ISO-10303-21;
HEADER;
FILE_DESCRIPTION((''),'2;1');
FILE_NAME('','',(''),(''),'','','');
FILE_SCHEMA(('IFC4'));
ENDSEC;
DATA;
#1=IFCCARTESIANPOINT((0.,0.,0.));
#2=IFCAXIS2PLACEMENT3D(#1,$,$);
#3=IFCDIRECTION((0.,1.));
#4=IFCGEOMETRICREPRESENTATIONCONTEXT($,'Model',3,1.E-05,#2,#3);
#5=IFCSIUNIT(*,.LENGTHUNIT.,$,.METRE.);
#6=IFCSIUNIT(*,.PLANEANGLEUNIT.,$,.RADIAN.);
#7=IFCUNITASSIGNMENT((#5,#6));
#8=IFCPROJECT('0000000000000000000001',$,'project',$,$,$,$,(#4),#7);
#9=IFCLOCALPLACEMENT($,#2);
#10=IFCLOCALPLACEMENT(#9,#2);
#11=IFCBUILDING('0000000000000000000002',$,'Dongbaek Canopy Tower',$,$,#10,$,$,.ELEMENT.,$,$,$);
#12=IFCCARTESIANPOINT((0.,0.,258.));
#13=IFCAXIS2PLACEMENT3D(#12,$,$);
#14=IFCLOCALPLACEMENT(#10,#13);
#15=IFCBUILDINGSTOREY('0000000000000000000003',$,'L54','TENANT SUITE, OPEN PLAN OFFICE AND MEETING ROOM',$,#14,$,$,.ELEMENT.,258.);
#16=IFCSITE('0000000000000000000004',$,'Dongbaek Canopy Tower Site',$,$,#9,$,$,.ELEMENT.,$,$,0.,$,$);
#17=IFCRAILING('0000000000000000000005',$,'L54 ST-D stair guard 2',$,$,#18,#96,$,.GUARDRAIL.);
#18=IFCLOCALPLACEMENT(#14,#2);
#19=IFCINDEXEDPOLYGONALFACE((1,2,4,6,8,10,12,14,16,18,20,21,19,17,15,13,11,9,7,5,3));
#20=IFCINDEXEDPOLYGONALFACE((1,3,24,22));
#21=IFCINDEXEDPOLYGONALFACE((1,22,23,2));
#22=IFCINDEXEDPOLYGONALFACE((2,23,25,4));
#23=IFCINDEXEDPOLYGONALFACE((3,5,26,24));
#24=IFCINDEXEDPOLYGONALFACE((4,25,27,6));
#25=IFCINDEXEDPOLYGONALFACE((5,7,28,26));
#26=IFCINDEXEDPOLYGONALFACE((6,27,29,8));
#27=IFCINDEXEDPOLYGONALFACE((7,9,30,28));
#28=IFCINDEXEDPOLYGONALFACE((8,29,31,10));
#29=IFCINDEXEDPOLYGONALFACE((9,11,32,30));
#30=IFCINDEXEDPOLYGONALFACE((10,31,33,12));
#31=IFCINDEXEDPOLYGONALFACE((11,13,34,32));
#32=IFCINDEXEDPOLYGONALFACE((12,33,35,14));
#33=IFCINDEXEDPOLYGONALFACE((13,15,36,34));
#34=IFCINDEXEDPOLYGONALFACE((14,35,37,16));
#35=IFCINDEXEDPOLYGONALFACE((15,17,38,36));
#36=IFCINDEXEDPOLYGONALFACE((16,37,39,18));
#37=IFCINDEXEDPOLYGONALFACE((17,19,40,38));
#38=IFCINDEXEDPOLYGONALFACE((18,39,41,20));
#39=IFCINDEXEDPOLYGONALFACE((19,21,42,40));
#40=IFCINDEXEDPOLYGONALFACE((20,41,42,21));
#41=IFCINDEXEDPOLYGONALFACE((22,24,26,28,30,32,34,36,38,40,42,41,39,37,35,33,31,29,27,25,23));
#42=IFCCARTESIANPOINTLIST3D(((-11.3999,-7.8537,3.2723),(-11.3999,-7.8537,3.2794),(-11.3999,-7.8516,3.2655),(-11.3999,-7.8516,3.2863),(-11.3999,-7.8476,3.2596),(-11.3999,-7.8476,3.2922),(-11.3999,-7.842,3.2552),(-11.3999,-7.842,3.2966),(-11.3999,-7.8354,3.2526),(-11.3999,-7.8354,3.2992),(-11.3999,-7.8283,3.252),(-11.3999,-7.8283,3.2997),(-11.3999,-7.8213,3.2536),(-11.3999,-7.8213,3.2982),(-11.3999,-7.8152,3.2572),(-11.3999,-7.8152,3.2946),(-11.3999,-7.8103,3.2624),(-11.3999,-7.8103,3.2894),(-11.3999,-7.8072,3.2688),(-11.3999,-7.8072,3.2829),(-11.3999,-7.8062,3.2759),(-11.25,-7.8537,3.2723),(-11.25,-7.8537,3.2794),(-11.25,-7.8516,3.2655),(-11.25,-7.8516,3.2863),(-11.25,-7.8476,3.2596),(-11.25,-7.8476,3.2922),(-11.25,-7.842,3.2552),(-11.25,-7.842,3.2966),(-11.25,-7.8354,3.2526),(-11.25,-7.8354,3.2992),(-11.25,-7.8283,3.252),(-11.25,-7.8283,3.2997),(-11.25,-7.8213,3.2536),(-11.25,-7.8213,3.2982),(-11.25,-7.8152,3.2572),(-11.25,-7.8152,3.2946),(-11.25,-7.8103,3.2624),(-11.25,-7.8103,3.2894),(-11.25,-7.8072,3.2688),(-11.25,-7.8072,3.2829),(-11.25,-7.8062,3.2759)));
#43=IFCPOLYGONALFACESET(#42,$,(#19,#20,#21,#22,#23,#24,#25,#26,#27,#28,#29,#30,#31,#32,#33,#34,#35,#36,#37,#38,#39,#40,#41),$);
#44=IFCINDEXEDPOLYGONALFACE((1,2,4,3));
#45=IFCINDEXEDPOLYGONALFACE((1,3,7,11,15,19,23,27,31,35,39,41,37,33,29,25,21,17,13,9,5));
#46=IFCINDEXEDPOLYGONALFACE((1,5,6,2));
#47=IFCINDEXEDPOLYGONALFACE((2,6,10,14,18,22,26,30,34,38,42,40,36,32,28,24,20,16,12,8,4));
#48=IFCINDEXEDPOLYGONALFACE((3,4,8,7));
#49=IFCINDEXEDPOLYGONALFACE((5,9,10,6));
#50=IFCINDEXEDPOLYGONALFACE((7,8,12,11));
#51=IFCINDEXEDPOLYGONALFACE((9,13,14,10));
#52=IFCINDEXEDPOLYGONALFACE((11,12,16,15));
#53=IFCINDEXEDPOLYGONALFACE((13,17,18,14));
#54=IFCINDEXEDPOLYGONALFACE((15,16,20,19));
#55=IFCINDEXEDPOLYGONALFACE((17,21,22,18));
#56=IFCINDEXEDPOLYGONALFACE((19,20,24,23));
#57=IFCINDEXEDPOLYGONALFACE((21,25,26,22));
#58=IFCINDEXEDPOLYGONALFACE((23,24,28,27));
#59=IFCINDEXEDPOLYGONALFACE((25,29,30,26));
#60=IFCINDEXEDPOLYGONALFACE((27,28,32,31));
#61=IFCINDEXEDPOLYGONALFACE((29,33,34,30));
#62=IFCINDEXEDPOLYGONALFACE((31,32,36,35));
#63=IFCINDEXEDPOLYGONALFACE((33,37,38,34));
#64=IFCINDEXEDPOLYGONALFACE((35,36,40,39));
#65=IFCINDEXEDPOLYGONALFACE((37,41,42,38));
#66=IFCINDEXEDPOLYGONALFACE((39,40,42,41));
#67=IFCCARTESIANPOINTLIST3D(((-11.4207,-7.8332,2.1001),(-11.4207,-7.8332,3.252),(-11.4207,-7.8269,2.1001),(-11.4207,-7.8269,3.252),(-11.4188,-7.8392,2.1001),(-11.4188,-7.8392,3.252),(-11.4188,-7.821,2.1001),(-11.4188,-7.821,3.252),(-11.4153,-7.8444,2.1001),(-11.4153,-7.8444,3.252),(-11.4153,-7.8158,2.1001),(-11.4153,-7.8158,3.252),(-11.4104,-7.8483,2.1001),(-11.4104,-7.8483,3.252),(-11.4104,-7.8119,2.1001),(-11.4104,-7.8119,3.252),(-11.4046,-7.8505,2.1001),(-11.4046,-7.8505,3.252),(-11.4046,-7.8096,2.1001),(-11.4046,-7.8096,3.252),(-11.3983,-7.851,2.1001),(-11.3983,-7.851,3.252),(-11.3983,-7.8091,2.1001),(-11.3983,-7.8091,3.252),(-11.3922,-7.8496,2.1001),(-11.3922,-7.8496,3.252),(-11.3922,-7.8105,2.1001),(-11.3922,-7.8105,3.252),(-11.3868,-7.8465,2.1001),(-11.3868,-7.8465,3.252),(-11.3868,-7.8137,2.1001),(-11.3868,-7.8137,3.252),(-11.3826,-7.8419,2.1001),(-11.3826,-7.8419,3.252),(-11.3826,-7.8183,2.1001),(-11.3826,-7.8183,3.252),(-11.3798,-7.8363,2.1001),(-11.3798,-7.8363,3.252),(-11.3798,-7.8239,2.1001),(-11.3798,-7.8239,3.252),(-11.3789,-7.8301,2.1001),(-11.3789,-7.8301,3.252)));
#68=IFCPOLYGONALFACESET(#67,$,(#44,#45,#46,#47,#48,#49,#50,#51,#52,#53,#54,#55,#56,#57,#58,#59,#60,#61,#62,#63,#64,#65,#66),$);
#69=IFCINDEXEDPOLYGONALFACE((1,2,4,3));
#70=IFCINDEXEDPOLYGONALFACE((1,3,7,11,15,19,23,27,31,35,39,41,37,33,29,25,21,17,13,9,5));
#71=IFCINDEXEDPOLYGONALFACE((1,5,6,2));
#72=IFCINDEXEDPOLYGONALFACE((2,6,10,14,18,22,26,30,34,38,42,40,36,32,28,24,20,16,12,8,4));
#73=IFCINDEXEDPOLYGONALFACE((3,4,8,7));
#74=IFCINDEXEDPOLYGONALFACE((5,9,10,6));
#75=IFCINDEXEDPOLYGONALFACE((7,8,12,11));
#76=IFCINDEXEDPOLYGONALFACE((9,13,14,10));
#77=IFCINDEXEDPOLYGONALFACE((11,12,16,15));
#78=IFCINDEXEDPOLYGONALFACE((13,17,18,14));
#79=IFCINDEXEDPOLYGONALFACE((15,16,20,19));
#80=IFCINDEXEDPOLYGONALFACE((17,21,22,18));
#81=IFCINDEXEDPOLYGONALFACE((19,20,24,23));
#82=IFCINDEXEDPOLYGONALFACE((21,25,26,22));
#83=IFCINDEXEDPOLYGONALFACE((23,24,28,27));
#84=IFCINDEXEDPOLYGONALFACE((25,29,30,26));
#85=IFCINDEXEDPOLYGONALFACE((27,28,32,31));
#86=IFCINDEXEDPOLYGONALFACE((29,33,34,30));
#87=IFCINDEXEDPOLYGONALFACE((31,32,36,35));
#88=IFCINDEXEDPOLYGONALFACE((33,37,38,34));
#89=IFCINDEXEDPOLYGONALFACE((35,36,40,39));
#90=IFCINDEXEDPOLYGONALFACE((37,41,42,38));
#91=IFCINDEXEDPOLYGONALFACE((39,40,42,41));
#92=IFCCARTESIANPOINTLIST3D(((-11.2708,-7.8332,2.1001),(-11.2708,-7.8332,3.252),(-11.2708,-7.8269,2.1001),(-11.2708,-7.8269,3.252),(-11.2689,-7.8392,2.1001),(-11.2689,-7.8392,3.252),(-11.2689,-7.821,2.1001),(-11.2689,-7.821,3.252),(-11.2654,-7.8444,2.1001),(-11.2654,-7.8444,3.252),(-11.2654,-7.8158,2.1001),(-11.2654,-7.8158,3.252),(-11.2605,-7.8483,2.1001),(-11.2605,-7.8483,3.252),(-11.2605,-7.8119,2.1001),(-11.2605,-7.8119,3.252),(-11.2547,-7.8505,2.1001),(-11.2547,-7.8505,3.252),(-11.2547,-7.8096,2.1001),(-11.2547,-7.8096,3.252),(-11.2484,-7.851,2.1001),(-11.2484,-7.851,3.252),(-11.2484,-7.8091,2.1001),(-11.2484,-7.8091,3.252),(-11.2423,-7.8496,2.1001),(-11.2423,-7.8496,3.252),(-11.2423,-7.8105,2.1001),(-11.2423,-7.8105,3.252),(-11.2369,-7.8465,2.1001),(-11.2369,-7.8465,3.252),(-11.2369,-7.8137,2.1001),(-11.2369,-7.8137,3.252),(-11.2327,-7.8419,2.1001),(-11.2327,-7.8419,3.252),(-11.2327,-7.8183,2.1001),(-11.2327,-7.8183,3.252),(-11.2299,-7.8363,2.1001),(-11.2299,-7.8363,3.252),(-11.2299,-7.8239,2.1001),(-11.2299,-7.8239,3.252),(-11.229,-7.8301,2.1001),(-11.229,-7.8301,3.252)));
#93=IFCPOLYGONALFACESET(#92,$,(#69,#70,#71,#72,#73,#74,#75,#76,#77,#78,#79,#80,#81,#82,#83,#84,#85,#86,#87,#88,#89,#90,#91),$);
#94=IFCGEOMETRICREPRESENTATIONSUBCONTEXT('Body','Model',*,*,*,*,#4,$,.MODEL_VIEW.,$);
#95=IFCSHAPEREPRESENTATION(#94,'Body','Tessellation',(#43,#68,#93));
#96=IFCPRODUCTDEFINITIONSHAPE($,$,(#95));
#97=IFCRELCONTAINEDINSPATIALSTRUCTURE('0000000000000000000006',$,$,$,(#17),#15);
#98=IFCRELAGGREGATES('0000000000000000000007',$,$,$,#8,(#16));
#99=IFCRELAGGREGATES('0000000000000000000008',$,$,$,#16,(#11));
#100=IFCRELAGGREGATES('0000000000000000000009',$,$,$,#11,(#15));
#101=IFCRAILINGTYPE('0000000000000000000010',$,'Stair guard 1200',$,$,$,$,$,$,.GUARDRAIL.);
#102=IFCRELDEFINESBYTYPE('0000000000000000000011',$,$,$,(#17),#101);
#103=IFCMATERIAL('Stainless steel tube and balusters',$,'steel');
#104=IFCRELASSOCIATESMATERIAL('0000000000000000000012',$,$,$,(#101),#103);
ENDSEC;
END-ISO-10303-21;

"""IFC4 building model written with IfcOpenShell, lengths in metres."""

from ifc_helpers import new_model, si_unit, direction, frame, origin, origin_2d, place, context, subcontext, project, spatial, circle, extrude, material, type_object, element, save


model = new_model("IFC4")

# Units and contexts
model_context = context("Model", 3, precision=1e-05, world=origin(), true_north=direction((0.0, 1.0)))
body_context = subcontext(model_context, "Body", "Model", "MODEL_VIEW")
ifc_project = project(units=[si_unit("LENGTHUNIT", "METRE"), si_unit("PLANEANGLEUNIT", "RADIAN")], contexts=[model_context])

# Site, building, storey
site_placement = place(None, origin())
site = spatial("IfcSite", under=ifc_project, at=site_placement, Name="Dongbaek Canopy Tower Site", CompositionType="ELEMENT", RefElevation=0.0)
building_placement = place(site_placement, origin())
building = spatial("IfcBuilding", under=site, at=building_placement, Name="Dongbaek Canopy Tower", CompositionType="ELEMENT")
storey_placement = place(building_placement, frame((0.0, 0.0, 258.0)))
storey = spatial("IfcBuildingStorey", under=building, at=storey_placement, Name="L54", Description="TENANT SUITE, OPEN PLAN OFFICE AND MEETING ROOM", CompositionType="ELEMENT", Elevation=258.0)

# Railing
ifc_material_1 = material(Name="Stainless steel tube and balusters", Category="steel")
railing_type_1 = type_object("IfcRailingType", Name="Stair guard 1200", PredefinedType="GUARDRAIL", material=ifc_material_1)
railing_1_placement = place(storey_placement, frame((-11.3999, -7.8301, 2.1001)))
element("IfcRailing", 1, at=railing_1_placement, inside=storey, type_object=railing_type_1, Name="L54 ST-D stair guard 2", PredefinedType="GUARDRAIL", context=body_context, shape_type="SweptSolid", body=[
    extrude(circle(Radius=0.0239, at=origin_2d()), frame((0.0, 0.0, 1.1758), z_axis=(1.0, 0.0, 0.0), x_axis=(0.0, 1.0, 0.0)), (0.0, 0.0, 1.0), 0.1499),
    extrude(circle(Radius=0.021, at=origin_2d()), origin(), (0.0, 0.0, 1.0), 1.1519),
    extrude(circle(Radius=0.021, at=origin_2d()), frame((0.1499, 0.0, 0.0)), (0.0, 0.0, 1.0), 1.1519),
])

save(model, "model.ifc")
